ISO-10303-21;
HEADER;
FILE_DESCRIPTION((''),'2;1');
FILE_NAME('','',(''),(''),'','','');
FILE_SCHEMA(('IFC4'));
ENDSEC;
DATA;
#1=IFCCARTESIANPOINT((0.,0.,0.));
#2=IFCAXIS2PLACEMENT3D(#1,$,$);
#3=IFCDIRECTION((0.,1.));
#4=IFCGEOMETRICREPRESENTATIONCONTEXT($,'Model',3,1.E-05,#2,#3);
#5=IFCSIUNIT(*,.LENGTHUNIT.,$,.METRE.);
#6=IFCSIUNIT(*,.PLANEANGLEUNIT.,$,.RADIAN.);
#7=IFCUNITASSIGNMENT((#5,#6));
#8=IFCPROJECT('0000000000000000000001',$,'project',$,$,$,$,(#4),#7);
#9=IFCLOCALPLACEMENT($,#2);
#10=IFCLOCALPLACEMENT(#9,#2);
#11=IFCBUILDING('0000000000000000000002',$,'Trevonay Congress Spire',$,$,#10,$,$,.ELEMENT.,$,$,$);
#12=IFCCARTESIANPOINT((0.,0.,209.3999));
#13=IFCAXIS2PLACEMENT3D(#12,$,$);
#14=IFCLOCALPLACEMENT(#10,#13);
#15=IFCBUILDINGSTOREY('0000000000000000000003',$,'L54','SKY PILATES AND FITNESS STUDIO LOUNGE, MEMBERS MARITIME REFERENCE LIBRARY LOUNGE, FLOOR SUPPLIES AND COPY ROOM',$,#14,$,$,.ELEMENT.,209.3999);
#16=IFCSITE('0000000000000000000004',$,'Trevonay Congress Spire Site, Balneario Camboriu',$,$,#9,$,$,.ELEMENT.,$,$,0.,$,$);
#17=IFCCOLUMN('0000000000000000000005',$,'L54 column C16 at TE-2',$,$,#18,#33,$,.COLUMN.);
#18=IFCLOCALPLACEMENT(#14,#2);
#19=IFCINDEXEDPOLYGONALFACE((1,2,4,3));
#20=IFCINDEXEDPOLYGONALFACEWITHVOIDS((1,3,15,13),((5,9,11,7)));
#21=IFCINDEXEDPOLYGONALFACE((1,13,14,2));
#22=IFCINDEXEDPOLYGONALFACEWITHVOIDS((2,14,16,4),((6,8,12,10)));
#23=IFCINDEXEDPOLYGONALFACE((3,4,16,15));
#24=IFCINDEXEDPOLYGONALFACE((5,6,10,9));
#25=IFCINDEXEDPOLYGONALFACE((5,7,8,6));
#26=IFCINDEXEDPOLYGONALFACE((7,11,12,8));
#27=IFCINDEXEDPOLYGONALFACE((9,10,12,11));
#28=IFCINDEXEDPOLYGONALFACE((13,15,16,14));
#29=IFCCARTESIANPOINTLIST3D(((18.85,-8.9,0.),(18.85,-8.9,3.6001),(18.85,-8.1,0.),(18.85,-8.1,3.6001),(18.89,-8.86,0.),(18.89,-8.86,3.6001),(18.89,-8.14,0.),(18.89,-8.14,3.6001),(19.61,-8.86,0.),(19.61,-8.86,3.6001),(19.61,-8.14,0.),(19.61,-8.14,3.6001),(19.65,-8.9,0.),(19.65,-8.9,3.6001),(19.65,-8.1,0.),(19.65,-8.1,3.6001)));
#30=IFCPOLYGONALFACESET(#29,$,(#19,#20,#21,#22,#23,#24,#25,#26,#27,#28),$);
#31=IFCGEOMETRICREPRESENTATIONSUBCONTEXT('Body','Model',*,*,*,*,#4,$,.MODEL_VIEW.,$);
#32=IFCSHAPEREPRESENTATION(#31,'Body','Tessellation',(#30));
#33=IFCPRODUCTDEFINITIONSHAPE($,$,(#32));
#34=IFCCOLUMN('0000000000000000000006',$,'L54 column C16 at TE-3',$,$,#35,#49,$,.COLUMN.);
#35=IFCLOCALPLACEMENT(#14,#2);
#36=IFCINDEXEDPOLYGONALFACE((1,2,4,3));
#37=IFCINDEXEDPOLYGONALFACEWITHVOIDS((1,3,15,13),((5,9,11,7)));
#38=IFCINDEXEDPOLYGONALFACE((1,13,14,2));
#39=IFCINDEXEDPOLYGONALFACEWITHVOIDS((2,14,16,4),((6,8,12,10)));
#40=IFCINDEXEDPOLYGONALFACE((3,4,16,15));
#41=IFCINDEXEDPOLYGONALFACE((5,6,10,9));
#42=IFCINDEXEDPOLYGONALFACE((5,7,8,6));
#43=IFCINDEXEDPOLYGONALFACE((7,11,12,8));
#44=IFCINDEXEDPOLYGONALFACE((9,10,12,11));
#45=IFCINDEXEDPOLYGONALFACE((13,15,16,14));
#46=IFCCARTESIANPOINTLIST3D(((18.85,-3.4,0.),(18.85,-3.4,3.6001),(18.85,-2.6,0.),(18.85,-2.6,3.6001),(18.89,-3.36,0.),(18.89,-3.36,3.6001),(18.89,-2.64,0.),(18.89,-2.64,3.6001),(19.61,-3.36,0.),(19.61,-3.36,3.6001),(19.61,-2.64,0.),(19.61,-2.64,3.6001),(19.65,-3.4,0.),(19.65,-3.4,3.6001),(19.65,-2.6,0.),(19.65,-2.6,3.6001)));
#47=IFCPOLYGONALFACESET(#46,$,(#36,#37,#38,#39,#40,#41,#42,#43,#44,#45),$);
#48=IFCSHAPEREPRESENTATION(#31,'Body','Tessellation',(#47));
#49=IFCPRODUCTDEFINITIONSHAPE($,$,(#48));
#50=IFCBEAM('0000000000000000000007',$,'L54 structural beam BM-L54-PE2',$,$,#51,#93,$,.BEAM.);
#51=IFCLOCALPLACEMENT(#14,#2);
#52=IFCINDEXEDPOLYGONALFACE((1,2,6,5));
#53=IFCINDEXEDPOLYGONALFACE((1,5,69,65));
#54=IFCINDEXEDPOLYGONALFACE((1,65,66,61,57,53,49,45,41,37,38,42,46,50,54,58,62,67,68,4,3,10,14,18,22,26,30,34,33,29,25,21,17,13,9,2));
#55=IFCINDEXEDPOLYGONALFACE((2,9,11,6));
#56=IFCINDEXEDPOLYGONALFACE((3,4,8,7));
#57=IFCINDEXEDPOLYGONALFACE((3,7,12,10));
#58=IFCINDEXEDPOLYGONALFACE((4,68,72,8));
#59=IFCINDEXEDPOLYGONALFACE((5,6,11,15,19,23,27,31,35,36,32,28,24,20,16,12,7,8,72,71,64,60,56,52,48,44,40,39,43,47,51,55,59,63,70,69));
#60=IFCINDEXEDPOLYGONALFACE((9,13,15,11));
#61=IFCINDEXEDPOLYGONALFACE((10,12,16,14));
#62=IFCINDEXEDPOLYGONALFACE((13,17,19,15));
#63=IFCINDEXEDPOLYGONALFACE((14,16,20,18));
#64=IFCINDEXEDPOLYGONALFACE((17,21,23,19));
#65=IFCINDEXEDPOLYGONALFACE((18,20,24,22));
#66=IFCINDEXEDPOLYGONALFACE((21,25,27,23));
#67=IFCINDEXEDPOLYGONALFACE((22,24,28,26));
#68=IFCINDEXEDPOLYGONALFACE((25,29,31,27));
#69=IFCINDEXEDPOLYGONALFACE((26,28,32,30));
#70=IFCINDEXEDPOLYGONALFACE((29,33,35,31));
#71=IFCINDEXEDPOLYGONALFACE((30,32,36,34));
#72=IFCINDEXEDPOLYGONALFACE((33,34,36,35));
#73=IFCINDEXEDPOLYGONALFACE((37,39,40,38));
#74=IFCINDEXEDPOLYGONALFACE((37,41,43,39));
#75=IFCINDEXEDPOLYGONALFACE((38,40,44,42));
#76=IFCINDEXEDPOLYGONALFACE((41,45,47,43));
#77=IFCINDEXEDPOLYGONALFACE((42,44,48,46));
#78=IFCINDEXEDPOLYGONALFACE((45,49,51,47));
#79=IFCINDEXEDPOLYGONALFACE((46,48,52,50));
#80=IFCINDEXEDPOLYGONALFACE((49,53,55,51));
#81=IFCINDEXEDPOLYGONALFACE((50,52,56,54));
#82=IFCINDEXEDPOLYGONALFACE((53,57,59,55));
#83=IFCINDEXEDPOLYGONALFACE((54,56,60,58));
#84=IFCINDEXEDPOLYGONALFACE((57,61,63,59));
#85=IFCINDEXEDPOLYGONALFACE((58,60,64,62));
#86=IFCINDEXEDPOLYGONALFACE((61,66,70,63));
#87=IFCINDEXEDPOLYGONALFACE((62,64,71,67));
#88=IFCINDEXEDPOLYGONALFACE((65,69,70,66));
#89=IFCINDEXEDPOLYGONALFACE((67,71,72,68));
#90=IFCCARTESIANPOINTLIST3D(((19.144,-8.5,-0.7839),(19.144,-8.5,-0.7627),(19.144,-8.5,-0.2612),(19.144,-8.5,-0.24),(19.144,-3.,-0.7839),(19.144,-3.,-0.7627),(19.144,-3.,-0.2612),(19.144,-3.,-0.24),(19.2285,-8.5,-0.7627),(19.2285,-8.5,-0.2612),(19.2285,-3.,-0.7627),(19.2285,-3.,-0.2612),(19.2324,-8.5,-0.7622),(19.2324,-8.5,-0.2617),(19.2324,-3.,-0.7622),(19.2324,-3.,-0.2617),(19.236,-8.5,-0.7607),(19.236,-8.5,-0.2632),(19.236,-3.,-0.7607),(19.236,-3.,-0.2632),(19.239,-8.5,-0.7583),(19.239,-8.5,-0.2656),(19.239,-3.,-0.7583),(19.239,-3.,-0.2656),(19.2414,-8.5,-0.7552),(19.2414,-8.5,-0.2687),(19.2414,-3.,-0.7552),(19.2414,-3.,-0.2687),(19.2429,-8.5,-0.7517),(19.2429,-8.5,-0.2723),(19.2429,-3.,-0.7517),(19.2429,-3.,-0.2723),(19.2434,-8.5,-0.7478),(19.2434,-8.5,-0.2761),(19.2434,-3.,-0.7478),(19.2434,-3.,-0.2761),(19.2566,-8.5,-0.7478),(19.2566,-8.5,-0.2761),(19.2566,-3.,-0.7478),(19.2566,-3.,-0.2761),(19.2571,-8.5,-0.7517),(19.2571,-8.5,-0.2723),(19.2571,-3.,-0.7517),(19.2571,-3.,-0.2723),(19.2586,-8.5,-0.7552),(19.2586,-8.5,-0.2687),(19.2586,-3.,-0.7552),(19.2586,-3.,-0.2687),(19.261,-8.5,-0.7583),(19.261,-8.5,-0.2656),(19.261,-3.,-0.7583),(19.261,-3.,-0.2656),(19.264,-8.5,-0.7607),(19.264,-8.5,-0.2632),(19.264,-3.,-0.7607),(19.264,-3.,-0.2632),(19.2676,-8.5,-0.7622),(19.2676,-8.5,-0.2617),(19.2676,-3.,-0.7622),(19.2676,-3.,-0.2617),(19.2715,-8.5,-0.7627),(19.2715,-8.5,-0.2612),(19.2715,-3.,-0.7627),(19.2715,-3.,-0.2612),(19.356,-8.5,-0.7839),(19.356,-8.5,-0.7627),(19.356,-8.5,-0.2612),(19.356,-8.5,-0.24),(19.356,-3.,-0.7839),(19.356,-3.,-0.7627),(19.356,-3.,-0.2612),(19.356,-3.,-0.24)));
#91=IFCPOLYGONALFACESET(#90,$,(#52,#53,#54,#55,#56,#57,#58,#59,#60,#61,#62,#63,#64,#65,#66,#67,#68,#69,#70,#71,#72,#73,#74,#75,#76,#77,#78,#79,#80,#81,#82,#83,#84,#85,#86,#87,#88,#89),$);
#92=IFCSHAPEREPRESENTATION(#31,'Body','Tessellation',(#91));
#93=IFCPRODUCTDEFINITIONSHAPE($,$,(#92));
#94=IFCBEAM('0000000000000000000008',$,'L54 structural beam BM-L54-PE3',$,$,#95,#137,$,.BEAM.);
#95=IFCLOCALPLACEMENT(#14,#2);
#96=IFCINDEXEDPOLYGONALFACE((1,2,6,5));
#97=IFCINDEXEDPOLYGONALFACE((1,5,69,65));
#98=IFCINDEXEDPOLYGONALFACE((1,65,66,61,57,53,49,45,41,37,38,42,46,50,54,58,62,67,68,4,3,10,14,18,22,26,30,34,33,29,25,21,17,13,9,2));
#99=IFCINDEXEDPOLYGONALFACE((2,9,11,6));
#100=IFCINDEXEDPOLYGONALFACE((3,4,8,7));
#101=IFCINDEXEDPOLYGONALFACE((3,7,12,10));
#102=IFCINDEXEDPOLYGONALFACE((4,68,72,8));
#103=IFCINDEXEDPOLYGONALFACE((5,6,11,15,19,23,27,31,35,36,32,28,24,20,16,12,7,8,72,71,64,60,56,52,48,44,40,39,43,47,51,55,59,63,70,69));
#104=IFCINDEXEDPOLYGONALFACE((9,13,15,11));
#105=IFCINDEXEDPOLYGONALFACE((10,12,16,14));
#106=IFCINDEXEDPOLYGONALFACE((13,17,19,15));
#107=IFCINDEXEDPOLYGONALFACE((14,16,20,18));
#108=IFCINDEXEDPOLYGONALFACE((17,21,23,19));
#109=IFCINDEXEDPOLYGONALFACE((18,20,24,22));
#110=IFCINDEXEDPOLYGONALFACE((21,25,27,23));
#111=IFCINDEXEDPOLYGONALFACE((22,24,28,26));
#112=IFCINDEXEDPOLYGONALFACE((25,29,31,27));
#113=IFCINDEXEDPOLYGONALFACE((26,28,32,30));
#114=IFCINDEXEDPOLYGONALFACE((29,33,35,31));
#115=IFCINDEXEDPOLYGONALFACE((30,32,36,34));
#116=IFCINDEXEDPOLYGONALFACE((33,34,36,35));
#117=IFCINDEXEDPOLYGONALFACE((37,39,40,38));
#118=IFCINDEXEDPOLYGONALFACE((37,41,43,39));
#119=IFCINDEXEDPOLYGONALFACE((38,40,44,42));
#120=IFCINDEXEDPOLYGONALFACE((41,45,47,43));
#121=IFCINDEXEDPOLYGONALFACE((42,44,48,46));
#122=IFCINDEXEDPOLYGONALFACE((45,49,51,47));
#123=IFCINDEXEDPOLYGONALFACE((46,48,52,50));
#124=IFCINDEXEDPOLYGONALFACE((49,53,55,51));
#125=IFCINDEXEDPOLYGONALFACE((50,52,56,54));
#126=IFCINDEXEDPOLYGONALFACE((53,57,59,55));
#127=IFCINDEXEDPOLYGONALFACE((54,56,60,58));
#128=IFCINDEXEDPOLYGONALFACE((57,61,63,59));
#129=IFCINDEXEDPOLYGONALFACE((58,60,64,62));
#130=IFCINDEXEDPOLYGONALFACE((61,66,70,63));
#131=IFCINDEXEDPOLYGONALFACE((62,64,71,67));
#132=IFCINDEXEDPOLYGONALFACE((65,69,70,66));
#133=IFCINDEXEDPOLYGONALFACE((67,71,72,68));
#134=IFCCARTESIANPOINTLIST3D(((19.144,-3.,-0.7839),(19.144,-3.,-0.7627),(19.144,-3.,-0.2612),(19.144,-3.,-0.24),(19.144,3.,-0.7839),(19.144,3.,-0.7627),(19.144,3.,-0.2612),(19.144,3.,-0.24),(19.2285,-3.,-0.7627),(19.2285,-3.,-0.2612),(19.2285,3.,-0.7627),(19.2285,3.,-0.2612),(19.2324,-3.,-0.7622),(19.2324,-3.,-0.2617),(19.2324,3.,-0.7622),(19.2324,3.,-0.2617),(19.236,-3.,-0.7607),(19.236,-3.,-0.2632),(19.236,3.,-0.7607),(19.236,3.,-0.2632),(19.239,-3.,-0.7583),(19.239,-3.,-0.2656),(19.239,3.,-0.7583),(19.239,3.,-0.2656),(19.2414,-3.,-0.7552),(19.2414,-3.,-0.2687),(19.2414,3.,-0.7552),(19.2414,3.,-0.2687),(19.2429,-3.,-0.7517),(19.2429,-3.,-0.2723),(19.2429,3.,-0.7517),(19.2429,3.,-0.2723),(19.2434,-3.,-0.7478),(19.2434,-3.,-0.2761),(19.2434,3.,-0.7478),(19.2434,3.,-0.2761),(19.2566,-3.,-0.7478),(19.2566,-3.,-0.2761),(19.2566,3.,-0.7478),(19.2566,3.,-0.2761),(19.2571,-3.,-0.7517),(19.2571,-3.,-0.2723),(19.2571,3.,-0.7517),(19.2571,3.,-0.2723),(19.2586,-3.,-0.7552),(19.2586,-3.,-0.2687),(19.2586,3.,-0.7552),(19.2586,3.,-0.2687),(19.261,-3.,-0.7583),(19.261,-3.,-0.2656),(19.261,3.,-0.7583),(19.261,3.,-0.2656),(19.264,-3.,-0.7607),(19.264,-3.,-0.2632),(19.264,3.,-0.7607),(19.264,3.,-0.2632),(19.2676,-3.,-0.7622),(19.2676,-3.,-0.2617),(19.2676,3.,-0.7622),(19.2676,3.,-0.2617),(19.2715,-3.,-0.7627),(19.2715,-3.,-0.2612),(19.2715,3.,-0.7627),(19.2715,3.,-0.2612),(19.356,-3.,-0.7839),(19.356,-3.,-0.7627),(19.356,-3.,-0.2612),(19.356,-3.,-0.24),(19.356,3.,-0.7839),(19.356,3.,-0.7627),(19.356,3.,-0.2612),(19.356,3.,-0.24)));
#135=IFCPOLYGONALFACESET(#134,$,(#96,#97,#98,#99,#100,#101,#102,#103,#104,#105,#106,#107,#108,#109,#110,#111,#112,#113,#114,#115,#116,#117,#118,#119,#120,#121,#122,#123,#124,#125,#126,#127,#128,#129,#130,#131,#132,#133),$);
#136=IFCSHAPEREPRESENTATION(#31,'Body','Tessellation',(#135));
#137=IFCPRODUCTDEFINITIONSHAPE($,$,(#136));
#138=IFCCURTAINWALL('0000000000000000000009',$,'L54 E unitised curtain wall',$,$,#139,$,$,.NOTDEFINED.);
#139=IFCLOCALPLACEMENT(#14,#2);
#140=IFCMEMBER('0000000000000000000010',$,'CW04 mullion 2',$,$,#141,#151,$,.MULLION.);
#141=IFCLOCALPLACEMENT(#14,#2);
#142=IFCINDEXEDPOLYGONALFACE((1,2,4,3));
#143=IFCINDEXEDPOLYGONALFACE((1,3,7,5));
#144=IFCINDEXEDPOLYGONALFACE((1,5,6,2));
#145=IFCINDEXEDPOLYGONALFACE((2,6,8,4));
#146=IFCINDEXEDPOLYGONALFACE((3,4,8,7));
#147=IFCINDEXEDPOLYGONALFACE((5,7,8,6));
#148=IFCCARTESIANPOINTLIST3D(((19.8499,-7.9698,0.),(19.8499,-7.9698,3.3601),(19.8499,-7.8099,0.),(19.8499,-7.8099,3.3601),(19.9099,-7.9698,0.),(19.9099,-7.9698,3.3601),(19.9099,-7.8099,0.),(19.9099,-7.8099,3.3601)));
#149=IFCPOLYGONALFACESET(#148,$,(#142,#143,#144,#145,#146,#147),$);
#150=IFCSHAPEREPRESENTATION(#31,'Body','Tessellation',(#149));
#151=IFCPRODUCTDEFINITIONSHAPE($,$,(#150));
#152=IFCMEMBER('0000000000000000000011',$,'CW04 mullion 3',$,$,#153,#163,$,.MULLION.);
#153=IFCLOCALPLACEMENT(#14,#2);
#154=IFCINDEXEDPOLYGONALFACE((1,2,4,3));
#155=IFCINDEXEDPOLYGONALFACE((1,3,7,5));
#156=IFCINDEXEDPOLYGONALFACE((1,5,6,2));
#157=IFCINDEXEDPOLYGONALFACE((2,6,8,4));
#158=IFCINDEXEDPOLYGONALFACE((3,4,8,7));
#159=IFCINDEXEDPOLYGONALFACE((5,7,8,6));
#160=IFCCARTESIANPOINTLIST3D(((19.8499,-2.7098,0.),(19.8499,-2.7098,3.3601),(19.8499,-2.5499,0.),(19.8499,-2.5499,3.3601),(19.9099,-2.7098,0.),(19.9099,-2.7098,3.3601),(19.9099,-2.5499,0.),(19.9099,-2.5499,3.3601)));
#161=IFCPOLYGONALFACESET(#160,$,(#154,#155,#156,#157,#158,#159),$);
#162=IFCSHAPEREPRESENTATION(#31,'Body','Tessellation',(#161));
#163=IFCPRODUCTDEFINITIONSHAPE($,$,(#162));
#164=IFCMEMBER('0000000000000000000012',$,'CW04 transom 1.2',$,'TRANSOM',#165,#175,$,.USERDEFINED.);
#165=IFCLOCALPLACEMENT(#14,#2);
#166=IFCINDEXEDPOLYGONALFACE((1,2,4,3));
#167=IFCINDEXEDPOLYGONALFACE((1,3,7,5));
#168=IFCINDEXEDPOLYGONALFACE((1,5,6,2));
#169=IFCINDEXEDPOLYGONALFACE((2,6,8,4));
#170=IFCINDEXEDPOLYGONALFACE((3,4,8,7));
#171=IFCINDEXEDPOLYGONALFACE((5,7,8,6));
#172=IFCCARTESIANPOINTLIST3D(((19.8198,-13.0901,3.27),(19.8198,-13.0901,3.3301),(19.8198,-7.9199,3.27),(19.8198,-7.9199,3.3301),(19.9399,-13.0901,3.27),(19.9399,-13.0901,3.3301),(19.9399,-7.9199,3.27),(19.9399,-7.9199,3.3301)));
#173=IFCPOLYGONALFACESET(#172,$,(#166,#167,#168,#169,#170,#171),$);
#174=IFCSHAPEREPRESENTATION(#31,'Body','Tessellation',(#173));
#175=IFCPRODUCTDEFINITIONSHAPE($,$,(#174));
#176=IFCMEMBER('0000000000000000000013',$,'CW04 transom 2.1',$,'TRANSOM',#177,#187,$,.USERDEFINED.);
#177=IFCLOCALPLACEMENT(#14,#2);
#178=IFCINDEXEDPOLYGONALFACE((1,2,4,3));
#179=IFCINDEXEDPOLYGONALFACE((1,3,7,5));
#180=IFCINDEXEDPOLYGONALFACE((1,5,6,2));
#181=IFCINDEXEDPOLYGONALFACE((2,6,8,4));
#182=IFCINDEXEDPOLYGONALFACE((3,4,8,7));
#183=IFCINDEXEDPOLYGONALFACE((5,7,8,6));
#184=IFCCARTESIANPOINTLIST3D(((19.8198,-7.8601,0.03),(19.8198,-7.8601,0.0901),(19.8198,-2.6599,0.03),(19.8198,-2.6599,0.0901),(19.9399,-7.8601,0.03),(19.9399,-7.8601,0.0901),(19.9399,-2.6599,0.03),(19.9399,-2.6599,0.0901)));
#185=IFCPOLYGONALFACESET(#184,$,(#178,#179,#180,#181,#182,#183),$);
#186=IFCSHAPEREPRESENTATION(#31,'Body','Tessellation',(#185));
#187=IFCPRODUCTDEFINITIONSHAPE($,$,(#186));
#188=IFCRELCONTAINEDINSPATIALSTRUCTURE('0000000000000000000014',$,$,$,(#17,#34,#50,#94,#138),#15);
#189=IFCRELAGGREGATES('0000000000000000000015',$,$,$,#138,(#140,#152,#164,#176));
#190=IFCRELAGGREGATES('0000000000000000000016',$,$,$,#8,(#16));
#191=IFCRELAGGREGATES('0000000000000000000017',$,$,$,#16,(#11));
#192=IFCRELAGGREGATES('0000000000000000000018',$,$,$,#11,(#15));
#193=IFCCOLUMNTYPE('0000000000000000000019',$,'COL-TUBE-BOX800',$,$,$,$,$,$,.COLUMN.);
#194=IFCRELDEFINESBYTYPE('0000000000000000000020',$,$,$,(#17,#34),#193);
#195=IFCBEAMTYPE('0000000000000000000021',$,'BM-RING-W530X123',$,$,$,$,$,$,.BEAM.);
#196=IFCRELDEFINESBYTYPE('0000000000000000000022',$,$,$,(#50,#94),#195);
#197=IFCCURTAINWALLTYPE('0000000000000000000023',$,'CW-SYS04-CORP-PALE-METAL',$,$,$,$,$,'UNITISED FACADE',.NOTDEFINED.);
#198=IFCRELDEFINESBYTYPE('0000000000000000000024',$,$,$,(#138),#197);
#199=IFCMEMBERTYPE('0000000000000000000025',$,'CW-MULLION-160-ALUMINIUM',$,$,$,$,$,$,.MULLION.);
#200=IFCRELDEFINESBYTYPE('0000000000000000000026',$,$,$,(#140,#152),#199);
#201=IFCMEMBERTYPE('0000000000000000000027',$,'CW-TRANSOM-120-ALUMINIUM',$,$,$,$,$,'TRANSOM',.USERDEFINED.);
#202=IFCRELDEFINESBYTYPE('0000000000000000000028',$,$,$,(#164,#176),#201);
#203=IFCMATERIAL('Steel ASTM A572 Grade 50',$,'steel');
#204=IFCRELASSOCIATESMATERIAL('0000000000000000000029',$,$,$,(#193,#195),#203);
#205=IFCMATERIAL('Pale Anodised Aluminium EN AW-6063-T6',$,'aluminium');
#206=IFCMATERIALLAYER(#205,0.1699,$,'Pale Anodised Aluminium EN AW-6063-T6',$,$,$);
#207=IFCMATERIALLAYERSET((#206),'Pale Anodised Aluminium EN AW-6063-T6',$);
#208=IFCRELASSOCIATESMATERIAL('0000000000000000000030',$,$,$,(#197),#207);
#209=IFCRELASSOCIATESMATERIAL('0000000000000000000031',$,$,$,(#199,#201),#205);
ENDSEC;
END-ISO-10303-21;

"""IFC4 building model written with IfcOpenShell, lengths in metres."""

from ifc_helpers import new_model, si_unit, direction, frame, origin, origin_2d, place, context, subcontext, project, spatial, rectangle, hollow_rectangle, i_section, extrude, material, layer, layer_set, material_profile, profile_set, type_object, element, aggregate, save


model = new_model("IFC4")

# Units and contexts
model_context = context("Model", 3, precision=1e-05, world=origin(), true_north=direction((0.0, 1.0)))
body_context = subcontext(model_context, "Body", "Model", "MODEL_VIEW")
ifc_project = project(units=[si_unit("LENGTHUNIT", "METRE"), si_unit("PLANEANGLEUNIT", "RADIAN")], contexts=[model_context])

# Site, building, storey
site_placement = place(None, origin())
site = spatial("IfcSite", under=ifc_project, at=site_placement, Name="Trevonay Congress Spire Site, Balneario Camboriu", CompositionType="ELEMENT", RefElevation=0.0)
building_placement = place(site_placement, origin())
building = spatial("IfcBuilding", under=site, at=building_placement, Name="Trevonay Congress Spire", CompositionType="ELEMENT")
storey_placement = place(building_placement, frame((0.0, 0.0, 209.3999)))
storey = spatial("IfcBuildingStorey", under=building, at=storey_placement, Name="L54", Description="SKY PILATES AND FITNESS STUDIO LOUNGE, MEMBERS MARITIME REFERENCE LIBRARY LOUNGE, FLOOR SUPPLIES AND COPY ROOM", CompositionType="ELEMENT", Elevation=209.3999)

# Columns
ifc_material_1 = material(Name="Steel ASTM A572 Grade 50", Category="steel")
ifc_material_profile_1 = material_profile(ifc_material_1, hollow_rectangle(XDim=0.8, YDim=0.8, WallThickness=0.04, at=origin_2d()), Name="BOX 800x800x40")
ifc_profile_set_1 = profile_set([ifc_material_profile_1], Name="Steel ASTM A572 Grade 50")
column_type = type_object("IfcColumnType", Name="COL-TUBE-BOX800", PredefinedType="COLUMN", material=ifc_profile_set_1)
for number, where, z_axis, x_axis, name in (
    (1, (19.25, -8.5, 0.0), (0.0, 0.0, 1.0), (1.0, 0.0, 0.0), "L54 column C16 at TE-2"),
    (2, (19.25, -3.0, 0.0), (0.0, 0.0, 1.0), (1.0, 0.0, 0.0), "L54 column C16 at TE-3"),
):
    element("IfcColumn", number, at=place(storey_placement, frame(where, z_axis=z_axis, x_axis=x_axis)), inside=storey, type_object=column_type, Name=name, PredefinedType="COLUMN", context=body_context, shape_type="SweptSolid", body=[
        extrude(hollow_rectangle(XDim=0.8, YDim=0.8, WallThickness=0.04, at=origin_2d()), origin(), (0.0, 0.0, 1.0), 3.6001),
    ])

# Beams
ifc_material_profile_2 = material_profile(ifc_material_1, i_section(OverallWidth=0.2119, OverallDepth=0.5439, WebThickness=0.0132, FlangeThickness=0.0212, FilletRadius=0.0149, at=origin_2d()), Name="W530x123")
ifc_profile_set_2 = profile_set([ifc_material_profile_2], Name="Steel ASTM A572 Grade 50")
beam_type = type_object("IfcBeamType", Name="BM-RING-W530X123", PredefinedType="BEAM", material=ifc_profile_set_2)
beam_1_placement = place(storey_placement, frame((19.25, -8.5, -0.512), z_axis=(0.0, 1.0, 0.0), x_axis=(-1.0, 0.0, 0.0)))
element("IfcBeam", 3, at=beam_1_placement, inside=storey, type_object=beam_type, Name="L54 structural beam BM-L54-PE2", PredefinedType="BEAM", context=body_context, shape_type="SweptSolid", body=[
    extrude(i_section(OverallWidth=0.2119, OverallDepth=0.5439, WebThickness=0.0132, FlangeThickness=0.0212, FilletRadius=0.0149, at=origin_2d()), origin(), (0.0, 0.0, 1.0), 5.5),
])
beam_2_placement = place(storey_placement, frame((19.25, -3.0, -0.512), z_axis=(0.0, 1.0, 0.0), x_axis=(-1.0, 0.0, 0.0)))
element("IfcBeam", 4, at=beam_2_placement, inside=storey, type_object=beam_type, Name="L54 structural beam BM-L54-PE3", PredefinedType="BEAM", context=body_context, shape_type="SweptSolid", body=[
    extrude(i_section(OverallWidth=0.2119, OverallDepth=0.5439, WebThickness=0.0132, FlangeThickness=0.0212, FilletRadius=0.0149, at=origin_2d()), origin(), (0.0, 0.0, 1.0), 6.0),
])

# Curtain wall, members
ifc_material_2 = material(Name="Pale Anodised Aluminium EN AW-6063-T6", Category="aluminium")
ifc_layer_1 = layer(ifc_material_2, 0.1699, Name="Pale Anodised Aluminium EN AW-6063-T6")
ifc_layer_set_1 = layer_set([ifc_layer_1], Name="Pale Anodised Aluminium EN AW-6063-T6")
curtain_wall_type = type_object("IfcCurtainWallType", Name="CW-SYS04-CORP-PALE-METAL", ElementType="UNITISED FACADE", PredefinedType="NOTDEFINED", material=ifc_layer_set_1)
curtain_wall_placement = place(storey_placement, origin())
curtain_wall = element("IfcCurtainWall", 5, at=curtain_wall_placement, inside=storey, type_object=curtain_wall_type, Name="L54 E unitised curtain wall", PredefinedType="NOTDEFINED")
ifc_material_profile_3 = material_profile(ifc_material_2, rectangle(XDim=0.0601, YDim=0.1599, at=origin_2d()), Name="CW-MULLION-160-ALUMINIUM")
ifc_profile_set_3 = profile_set([ifc_material_profile_3], Name="Pale Anodised Aluminium EN AW-6063-T6")
member_type_1 = type_object("IfcMemberType", Name="CW-MULLION-160-ALUMINIUM", PredefinedType="MULLION", material=ifc_profile_set_3)
member_1_placement = place(storey_placement, frame((19.8799, -7.8899, 0.0), z_axis=(0.0, 0.0, 1.0), x_axis=(-1.0, 0.0, 0.0)))
member_1 = element("IfcMember", 6, at=member_1_placement, type_object=member_type_1, Name="CW04 mullion 2", PredefinedType="MULLION", context=body_context, shape_type="SweptSolid", body=[
    extrude(rectangle(XDim=0.0601, YDim=0.1599, at=origin_2d()), origin(), (0.0, 0.0, 1.0), 3.3601),
])
member_2_placement = place(storey_placement, frame((19.8799, -2.6299, 0.0), z_axis=(0.0, 0.0, 1.0), x_axis=(-1.0, 0.0, 0.0)))
member_2 = element("IfcMember", 7, at=member_2_placement, type_object=member_type_1, Name="CW04 mullion 3", PredefinedType="MULLION", context=body_context, shape_type="SweptSolid", body=[
    extrude(rectangle(XDim=0.0601, YDim=0.1599, at=origin_2d()), origin(), (0.0, 0.0, 1.0), 3.3601),
])
ifc_material_profile_4 = material_profile(ifc_material_2, rectangle(XDim=0.1201, YDim=0.0601, at=origin_2d()), Name="CW-TRANSOM-120-ALUMINIUM")
ifc_profile_set_4 = profile_set([ifc_material_profile_4], Name="Pale Anodised Aluminium EN AW-6063-T6")
member_type_2 = type_object("IfcMemberType", Name="CW-TRANSOM-120-ALUMINIUM", ElementType="TRANSOM", PredefinedType="USERDEFINED", material=ifc_profile_set_4)
member_3_placement = place(storey_placement, frame((19.8799, -13.0901, 3.3), z_axis=(0.0, 1.0, 0.0), x_axis=(-1.0, 0.0, 0.0)))
member_3 = element("IfcMember", 8, at=member_3_placement, type_object=member_type_2, Name="CW04 transom 1.2", ObjectType="TRANSOM", PredefinedType="USERDEFINED", context=body_context, shape_type="SweptSolid", body=[
    extrude(rectangle(XDim=0.1201, YDim=0.0601, at=origin_2d()), origin(), (0.0, 0.0, 1.0), 5.1702),
])
member_4_placement = place(storey_placement, frame((19.8799, -7.8601, 0.0601), z_axis=(0.0, 1.0, 0.0), x_axis=(-1.0, 0.0, 0.0)))
member_4 = element("IfcMember", 9, at=member_4_placement, type_object=member_type_2, Name="CW04 transom 2.1", ObjectType="TRANSOM", PredefinedType="USERDEFINED", context=body_context, shape_type="SweptSolid", body=[
    extrude(rectangle(XDim=0.1201, YDim=0.0601, at=origin_2d()), origin(), (0.0, 0.0, 1.0), 5.2002),
])
aggregate(curtain_wall, [member_1, member_2, member_3, member_4])

save(model, "model.ifc")
